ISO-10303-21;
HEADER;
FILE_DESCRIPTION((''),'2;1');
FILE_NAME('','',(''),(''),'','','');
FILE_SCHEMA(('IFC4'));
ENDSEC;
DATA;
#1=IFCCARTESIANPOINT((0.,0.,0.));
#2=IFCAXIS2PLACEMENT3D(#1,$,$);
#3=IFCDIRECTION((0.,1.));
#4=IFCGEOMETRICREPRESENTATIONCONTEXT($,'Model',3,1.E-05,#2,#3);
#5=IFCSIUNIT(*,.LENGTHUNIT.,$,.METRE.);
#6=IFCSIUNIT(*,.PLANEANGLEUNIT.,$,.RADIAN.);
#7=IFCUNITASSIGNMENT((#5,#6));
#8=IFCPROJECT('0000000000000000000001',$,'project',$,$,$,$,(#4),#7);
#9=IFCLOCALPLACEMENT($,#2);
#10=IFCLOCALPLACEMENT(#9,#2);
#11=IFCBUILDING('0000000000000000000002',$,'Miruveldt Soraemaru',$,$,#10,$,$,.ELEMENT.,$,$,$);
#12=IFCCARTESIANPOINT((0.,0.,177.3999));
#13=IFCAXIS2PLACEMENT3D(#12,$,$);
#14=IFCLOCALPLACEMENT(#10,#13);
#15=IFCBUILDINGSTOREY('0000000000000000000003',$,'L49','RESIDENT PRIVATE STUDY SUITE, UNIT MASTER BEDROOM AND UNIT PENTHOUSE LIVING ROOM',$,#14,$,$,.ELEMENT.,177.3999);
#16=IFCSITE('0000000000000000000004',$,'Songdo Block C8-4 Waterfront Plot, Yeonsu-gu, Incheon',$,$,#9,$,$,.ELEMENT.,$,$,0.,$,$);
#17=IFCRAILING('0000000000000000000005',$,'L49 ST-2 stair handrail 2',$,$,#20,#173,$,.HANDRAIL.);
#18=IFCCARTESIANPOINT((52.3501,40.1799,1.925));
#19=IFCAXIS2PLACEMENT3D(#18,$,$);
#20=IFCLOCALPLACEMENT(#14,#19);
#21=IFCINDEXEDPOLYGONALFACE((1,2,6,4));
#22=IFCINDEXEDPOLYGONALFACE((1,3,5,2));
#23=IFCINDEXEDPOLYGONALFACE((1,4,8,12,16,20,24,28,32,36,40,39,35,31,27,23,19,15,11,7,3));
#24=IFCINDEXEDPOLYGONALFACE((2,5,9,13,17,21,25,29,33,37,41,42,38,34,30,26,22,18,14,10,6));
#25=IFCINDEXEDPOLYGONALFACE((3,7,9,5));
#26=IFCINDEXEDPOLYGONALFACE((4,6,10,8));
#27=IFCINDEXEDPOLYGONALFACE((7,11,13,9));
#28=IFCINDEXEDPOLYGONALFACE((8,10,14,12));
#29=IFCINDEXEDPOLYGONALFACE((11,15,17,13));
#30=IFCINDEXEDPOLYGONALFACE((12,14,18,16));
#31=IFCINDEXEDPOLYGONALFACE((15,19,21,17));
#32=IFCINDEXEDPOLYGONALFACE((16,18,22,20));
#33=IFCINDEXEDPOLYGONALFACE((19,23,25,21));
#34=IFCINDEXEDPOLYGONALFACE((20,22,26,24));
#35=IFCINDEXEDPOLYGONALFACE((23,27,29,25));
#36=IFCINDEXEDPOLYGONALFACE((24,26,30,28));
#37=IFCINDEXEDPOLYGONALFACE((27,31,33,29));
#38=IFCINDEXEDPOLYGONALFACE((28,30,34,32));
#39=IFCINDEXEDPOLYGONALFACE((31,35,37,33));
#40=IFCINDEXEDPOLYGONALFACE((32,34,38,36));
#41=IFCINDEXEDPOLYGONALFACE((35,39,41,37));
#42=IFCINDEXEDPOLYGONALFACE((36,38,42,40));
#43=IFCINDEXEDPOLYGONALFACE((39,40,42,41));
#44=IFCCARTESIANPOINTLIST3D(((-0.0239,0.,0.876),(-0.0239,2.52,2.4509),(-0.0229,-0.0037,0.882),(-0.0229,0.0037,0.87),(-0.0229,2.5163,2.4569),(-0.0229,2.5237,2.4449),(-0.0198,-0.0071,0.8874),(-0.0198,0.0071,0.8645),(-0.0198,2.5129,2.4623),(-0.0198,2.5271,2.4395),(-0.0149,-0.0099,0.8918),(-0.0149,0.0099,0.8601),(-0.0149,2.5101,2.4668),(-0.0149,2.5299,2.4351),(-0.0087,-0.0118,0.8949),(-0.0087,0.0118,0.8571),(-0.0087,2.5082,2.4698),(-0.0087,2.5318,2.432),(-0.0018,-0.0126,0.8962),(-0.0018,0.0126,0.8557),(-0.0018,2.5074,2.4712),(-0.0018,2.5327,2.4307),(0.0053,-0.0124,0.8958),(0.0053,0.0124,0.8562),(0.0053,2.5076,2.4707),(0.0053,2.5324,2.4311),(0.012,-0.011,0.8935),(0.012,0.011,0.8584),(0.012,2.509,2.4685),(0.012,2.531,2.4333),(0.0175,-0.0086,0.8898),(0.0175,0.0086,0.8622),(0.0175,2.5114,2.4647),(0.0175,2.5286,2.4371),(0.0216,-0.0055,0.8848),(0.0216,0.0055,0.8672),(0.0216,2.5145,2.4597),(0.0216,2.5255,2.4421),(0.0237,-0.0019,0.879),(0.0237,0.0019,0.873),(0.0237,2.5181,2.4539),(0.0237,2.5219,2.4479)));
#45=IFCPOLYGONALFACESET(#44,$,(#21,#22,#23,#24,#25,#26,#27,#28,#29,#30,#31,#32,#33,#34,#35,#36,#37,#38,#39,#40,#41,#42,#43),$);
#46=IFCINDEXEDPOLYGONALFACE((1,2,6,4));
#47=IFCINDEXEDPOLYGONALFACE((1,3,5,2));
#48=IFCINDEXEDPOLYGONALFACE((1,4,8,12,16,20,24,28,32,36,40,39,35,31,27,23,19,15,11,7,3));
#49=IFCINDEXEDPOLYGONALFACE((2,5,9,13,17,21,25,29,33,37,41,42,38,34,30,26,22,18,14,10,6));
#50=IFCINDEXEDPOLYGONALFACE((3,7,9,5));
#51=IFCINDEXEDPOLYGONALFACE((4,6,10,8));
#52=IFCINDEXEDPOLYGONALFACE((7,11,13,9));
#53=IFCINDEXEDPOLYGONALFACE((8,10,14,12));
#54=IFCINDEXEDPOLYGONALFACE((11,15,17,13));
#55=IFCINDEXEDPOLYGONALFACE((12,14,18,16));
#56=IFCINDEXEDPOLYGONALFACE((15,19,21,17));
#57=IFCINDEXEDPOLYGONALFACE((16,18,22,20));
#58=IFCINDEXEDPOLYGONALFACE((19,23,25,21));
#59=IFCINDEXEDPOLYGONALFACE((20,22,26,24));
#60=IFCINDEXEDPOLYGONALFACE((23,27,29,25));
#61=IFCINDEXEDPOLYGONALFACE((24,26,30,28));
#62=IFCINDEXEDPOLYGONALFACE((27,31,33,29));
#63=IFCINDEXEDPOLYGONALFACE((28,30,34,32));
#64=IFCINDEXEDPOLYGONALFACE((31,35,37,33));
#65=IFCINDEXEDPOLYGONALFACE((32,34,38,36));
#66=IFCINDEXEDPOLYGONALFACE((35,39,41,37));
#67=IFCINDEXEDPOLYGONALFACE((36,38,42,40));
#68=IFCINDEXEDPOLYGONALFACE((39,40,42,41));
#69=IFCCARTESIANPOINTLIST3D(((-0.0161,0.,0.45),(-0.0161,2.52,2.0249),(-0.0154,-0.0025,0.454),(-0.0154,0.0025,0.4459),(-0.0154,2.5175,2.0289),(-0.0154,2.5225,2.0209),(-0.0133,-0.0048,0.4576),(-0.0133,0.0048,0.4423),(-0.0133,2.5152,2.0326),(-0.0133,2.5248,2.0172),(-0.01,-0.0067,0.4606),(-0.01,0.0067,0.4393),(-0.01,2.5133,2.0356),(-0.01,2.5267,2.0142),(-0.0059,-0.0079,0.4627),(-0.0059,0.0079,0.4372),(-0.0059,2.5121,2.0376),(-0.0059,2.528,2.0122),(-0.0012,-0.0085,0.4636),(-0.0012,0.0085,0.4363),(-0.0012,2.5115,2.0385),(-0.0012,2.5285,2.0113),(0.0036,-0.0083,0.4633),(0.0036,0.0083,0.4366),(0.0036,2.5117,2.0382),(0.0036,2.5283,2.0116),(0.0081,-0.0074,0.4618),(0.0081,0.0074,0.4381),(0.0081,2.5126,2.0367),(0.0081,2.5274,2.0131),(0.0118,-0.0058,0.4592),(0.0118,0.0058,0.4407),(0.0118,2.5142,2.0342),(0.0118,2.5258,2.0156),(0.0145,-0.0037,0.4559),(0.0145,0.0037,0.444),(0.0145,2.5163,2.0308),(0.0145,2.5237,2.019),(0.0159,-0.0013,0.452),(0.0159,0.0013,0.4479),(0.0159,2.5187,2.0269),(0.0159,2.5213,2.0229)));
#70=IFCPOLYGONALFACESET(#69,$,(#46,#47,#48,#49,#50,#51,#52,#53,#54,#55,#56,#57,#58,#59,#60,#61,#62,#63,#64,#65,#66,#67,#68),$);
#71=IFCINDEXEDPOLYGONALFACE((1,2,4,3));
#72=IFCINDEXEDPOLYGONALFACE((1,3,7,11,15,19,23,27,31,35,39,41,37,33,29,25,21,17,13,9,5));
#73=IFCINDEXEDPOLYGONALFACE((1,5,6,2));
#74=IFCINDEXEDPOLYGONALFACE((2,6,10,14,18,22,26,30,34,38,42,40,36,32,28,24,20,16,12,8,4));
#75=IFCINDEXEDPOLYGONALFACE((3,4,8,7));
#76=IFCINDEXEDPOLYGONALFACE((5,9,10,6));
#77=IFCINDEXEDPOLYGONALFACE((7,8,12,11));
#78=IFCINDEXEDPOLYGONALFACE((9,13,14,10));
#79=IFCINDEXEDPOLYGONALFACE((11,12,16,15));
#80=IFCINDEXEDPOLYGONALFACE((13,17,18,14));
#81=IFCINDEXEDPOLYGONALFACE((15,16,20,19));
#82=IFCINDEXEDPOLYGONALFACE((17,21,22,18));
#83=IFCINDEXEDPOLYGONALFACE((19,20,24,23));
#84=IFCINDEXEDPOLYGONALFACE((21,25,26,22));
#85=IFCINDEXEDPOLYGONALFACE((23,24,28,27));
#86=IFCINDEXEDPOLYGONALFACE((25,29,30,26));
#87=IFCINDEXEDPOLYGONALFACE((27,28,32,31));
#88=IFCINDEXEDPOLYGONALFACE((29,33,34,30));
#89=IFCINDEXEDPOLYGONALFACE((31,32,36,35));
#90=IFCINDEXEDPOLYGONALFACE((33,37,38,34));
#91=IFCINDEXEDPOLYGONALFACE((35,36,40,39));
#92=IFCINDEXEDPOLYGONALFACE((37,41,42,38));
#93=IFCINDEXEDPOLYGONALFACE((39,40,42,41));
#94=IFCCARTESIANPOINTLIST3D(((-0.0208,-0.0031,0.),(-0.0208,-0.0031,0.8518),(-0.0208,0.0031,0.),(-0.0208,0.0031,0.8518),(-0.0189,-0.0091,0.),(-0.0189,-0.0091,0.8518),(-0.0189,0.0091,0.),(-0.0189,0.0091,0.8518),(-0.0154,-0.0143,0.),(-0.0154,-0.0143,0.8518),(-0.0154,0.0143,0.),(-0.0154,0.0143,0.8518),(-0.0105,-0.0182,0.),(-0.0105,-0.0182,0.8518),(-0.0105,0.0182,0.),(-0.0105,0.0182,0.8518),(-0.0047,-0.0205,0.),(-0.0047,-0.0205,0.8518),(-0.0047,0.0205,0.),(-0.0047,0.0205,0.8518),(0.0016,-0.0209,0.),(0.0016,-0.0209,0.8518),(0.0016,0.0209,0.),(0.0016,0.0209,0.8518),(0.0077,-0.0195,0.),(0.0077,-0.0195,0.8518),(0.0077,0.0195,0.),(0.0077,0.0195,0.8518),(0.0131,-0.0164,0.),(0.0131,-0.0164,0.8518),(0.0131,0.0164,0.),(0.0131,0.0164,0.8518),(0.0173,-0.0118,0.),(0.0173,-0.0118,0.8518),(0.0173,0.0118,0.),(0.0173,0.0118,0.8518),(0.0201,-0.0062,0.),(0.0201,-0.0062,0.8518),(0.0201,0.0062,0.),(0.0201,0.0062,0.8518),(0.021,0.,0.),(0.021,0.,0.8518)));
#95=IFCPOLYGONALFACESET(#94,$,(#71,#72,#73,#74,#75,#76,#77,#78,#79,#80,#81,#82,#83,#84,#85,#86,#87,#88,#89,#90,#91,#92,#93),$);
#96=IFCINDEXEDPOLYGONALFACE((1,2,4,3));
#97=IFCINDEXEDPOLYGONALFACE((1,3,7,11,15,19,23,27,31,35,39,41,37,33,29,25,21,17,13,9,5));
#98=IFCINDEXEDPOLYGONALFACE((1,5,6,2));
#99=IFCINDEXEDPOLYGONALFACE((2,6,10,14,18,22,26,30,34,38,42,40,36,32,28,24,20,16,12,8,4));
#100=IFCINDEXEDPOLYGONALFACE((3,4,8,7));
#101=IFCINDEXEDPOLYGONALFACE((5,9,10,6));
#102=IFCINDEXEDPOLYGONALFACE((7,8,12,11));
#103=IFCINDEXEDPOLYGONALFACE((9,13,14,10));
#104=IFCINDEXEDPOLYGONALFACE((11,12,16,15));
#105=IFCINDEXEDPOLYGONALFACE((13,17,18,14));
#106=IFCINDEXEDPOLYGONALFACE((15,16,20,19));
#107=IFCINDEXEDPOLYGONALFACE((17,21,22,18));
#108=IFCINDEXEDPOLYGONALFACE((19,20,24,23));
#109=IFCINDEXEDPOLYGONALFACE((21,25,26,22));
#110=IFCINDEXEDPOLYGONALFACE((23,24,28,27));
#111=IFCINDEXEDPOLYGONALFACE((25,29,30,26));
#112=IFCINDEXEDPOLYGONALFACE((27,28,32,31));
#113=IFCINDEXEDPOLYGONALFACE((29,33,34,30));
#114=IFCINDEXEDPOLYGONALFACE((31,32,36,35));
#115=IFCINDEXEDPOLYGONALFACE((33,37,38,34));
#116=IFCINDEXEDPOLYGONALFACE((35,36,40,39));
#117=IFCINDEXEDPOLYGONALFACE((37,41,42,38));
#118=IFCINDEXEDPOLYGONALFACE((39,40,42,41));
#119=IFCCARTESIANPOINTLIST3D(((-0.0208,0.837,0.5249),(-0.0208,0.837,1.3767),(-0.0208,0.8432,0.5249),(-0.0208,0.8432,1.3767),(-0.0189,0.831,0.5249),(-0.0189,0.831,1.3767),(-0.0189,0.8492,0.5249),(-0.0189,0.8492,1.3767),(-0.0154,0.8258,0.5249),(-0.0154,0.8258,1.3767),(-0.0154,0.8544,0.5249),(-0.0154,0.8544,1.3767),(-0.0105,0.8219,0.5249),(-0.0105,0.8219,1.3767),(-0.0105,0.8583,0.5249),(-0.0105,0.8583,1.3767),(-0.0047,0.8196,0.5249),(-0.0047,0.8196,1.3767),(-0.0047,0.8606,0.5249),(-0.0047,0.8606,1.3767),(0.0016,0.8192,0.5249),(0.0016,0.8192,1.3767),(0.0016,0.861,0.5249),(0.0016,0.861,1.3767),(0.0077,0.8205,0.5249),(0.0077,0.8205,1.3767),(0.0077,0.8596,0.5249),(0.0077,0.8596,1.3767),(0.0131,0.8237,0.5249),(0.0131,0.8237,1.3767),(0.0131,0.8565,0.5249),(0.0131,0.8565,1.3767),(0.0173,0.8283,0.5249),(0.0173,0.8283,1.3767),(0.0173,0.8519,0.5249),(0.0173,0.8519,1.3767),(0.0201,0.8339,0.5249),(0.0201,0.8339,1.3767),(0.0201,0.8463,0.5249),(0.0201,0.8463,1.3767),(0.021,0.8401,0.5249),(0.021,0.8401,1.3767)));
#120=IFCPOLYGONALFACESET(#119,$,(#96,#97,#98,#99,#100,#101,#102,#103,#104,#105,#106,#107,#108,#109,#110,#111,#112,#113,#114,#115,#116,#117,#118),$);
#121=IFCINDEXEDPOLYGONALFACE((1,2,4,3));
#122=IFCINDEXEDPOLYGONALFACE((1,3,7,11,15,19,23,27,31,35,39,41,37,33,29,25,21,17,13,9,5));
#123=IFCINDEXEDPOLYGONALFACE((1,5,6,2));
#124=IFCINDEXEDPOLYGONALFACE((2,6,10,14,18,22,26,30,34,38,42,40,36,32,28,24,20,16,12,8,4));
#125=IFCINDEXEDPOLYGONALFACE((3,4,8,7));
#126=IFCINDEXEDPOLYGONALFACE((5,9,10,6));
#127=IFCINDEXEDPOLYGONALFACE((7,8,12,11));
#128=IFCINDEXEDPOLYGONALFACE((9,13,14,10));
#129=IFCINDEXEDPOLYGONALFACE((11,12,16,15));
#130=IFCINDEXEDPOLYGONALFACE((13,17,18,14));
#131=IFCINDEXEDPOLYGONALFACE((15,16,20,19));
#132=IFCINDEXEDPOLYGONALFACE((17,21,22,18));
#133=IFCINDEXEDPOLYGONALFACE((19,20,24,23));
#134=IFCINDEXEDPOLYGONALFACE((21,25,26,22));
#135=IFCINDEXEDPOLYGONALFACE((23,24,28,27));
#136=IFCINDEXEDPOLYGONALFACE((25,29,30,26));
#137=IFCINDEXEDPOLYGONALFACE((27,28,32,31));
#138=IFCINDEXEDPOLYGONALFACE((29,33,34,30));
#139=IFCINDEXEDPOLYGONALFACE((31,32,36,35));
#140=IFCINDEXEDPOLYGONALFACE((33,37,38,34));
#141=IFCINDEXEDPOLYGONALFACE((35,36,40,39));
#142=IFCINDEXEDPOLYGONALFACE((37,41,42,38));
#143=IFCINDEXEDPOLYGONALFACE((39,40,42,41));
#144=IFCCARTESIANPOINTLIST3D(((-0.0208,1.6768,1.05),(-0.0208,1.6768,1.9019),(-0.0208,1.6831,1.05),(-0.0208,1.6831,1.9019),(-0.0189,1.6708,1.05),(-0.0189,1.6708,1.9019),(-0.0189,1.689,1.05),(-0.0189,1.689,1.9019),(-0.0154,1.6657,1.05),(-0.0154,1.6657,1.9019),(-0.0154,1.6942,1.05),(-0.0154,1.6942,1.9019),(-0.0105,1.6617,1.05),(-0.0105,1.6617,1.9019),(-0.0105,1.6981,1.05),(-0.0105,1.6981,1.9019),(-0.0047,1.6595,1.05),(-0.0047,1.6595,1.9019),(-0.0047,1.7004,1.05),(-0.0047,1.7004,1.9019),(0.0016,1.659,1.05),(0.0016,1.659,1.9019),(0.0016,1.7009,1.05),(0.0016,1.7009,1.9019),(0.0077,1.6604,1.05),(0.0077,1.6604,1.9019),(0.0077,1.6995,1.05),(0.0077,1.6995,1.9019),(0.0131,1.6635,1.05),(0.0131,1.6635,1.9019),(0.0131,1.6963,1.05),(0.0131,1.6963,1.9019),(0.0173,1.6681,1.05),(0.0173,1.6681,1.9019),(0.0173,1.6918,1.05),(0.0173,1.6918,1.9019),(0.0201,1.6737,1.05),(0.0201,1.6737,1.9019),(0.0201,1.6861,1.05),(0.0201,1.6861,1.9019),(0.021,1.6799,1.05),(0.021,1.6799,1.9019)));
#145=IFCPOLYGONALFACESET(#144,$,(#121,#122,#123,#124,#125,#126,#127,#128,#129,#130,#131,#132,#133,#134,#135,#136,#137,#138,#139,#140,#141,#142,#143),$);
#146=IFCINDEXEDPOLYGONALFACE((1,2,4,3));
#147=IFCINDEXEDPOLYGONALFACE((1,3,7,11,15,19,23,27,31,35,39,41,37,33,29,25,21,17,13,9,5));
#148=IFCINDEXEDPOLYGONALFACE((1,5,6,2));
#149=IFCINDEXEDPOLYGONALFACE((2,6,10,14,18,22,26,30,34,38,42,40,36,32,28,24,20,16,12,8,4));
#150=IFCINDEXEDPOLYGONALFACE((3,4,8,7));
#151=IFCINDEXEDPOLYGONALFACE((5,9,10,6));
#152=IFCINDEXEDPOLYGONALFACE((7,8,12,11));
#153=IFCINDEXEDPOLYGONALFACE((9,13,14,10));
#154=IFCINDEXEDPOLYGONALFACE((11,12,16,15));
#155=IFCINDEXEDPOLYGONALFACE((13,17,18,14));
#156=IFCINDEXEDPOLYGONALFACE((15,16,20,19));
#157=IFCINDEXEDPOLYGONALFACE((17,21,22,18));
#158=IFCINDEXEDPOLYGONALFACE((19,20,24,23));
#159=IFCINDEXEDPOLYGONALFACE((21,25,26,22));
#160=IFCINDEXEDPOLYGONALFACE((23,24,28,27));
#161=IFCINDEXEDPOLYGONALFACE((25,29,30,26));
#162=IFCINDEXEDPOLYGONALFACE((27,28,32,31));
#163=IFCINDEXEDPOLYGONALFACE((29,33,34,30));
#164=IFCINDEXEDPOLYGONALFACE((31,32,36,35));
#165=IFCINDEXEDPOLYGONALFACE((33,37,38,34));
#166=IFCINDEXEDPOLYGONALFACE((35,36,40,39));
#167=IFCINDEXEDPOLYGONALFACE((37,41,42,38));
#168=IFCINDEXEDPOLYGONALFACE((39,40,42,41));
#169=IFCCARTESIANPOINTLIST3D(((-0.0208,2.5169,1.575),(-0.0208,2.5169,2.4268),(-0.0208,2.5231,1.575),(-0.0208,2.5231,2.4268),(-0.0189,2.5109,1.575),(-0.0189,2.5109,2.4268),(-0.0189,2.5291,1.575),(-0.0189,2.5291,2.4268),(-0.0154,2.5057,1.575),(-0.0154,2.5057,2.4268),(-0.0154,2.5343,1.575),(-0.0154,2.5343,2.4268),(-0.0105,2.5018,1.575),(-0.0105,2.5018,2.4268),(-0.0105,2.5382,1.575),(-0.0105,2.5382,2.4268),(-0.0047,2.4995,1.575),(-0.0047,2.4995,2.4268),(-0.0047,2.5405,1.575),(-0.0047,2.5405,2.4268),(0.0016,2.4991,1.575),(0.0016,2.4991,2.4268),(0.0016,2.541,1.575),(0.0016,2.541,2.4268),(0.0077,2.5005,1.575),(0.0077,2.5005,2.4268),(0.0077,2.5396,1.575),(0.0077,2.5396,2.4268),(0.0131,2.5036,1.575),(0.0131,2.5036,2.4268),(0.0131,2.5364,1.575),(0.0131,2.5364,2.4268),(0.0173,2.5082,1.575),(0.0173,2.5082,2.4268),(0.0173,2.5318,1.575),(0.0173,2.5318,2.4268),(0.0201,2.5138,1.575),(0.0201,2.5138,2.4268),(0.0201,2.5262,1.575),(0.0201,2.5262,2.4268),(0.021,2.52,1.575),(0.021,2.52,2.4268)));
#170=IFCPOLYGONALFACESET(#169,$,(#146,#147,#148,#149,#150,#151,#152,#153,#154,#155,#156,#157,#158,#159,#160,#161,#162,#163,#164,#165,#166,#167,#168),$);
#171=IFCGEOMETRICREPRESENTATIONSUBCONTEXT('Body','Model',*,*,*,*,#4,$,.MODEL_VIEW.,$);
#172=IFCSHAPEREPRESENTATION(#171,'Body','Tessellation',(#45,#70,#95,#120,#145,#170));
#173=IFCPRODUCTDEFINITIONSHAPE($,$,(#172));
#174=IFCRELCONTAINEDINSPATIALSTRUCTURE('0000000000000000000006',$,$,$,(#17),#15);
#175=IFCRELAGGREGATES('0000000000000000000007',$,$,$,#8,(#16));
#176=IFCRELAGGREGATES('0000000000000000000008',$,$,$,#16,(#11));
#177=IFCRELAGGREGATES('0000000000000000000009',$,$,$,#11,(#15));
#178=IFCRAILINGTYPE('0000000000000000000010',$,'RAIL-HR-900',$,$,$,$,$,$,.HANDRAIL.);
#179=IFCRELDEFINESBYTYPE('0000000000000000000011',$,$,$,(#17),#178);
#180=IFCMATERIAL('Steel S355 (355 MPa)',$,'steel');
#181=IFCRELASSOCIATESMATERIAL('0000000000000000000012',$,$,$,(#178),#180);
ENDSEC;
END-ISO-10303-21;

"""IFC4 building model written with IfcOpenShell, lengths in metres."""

from ifc_helpers import new_model, si_unit, direction, frame, origin, origin_2d, place, context, subcontext, project, spatial, circle, extrude, material, type_object, element, save


model = new_model("IFC4")

# Units and contexts
model_context = context("Model", 3, precision=1e-05, world=origin(), true_north=direction((0.0, 1.0)))
body_context = subcontext(model_context, "Body", "Model", "MODEL_VIEW")
ifc_project = project(units=[si_unit("LENGTHUNIT", "METRE"), si_unit("PLANEANGLEUNIT", "RADIAN")], contexts=[model_context])

# Site, building, storey
site_placement = place(None, origin())
site = spatial("IfcSite", under=ifc_project, at=site_placement, Name="Songdo Block C8-4 Waterfront Plot, Yeonsu-gu, Incheon", CompositionType="ELEMENT", RefElevation=0.0)
building_placement = place(site_placement, origin())
building = spatial("IfcBuilding", under=site, at=building_placement, Name="Miruveldt Soraemaru", CompositionType="ELEMENT")
storey_placement = place(building_placement, frame((0.0, 0.0, 177.3999)))
storey = spatial("IfcBuildingStorey", under=building, at=storey_placement, Name="L49", Description="RESIDENT PRIVATE STUDY SUITE, UNIT MASTER BEDROOM AND UNIT PENTHOUSE LIVING ROOM", CompositionType="ELEMENT", Elevation=177.3999)

# Railing
ifc_material_1 = material(Name="Steel S355 (355 MPa)", Category="steel")
railing_type_1 = type_object("IfcRailingType", Name="RAIL-HR-900", PredefinedType="HANDRAIL", material=ifc_material_1)
railing_1_placement = place(storey_placement, frame((52.3501, 40.1799, 1.925)))
element("IfcRailing", 1, at=railing_1_placement, inside=storey, type_object=railing_type_1, Name="L49 ST-2 stair handrail 2", PredefinedType="HANDRAIL", context=body_context, shape_type="SweptSolid", body=[
    extrude(circle(Radius=0.0239, at=origin_2d()), frame((0.0, 0.0, 0.876), z_axis=(0.0, 0.848008, 0.529984), x_axis=(-1.0, 0.0, 0.0)), (0.0, 0.0, 1.0), 2.9717),
    extrude(circle(Radius=0.0161, at=origin_2d()), frame((0.0, 0.0, 0.45), z_axis=(0.0, 0.848008, 0.529984), x_axis=(-1.0, 0.0, 0.0)), (0.0, 0.0, 1.0), 2.9717),
    extrude(circle(Radius=0.021, at=origin_2d()), origin(), (0.0, 0.0, 1.0), 0.8518),
    extrude(circle(Radius=0.021, at=origin_2d()), frame((0.0, 0.8401, 0.5249)), (0.0, 0.0, 1.0), 0.8518),
    extrude(circle(Radius=0.021, at=origin_2d()), frame((0.0, 1.6799, 1.05)), (0.0, 0.0, 1.0), 0.8518),
    extrude(circle(Radius=0.021, at=origin_2d()), frame((0.0, 2.52, 1.575)), (0.0, 0.0, 1.0), 0.8518),
])

save(model, "model.ifc")
